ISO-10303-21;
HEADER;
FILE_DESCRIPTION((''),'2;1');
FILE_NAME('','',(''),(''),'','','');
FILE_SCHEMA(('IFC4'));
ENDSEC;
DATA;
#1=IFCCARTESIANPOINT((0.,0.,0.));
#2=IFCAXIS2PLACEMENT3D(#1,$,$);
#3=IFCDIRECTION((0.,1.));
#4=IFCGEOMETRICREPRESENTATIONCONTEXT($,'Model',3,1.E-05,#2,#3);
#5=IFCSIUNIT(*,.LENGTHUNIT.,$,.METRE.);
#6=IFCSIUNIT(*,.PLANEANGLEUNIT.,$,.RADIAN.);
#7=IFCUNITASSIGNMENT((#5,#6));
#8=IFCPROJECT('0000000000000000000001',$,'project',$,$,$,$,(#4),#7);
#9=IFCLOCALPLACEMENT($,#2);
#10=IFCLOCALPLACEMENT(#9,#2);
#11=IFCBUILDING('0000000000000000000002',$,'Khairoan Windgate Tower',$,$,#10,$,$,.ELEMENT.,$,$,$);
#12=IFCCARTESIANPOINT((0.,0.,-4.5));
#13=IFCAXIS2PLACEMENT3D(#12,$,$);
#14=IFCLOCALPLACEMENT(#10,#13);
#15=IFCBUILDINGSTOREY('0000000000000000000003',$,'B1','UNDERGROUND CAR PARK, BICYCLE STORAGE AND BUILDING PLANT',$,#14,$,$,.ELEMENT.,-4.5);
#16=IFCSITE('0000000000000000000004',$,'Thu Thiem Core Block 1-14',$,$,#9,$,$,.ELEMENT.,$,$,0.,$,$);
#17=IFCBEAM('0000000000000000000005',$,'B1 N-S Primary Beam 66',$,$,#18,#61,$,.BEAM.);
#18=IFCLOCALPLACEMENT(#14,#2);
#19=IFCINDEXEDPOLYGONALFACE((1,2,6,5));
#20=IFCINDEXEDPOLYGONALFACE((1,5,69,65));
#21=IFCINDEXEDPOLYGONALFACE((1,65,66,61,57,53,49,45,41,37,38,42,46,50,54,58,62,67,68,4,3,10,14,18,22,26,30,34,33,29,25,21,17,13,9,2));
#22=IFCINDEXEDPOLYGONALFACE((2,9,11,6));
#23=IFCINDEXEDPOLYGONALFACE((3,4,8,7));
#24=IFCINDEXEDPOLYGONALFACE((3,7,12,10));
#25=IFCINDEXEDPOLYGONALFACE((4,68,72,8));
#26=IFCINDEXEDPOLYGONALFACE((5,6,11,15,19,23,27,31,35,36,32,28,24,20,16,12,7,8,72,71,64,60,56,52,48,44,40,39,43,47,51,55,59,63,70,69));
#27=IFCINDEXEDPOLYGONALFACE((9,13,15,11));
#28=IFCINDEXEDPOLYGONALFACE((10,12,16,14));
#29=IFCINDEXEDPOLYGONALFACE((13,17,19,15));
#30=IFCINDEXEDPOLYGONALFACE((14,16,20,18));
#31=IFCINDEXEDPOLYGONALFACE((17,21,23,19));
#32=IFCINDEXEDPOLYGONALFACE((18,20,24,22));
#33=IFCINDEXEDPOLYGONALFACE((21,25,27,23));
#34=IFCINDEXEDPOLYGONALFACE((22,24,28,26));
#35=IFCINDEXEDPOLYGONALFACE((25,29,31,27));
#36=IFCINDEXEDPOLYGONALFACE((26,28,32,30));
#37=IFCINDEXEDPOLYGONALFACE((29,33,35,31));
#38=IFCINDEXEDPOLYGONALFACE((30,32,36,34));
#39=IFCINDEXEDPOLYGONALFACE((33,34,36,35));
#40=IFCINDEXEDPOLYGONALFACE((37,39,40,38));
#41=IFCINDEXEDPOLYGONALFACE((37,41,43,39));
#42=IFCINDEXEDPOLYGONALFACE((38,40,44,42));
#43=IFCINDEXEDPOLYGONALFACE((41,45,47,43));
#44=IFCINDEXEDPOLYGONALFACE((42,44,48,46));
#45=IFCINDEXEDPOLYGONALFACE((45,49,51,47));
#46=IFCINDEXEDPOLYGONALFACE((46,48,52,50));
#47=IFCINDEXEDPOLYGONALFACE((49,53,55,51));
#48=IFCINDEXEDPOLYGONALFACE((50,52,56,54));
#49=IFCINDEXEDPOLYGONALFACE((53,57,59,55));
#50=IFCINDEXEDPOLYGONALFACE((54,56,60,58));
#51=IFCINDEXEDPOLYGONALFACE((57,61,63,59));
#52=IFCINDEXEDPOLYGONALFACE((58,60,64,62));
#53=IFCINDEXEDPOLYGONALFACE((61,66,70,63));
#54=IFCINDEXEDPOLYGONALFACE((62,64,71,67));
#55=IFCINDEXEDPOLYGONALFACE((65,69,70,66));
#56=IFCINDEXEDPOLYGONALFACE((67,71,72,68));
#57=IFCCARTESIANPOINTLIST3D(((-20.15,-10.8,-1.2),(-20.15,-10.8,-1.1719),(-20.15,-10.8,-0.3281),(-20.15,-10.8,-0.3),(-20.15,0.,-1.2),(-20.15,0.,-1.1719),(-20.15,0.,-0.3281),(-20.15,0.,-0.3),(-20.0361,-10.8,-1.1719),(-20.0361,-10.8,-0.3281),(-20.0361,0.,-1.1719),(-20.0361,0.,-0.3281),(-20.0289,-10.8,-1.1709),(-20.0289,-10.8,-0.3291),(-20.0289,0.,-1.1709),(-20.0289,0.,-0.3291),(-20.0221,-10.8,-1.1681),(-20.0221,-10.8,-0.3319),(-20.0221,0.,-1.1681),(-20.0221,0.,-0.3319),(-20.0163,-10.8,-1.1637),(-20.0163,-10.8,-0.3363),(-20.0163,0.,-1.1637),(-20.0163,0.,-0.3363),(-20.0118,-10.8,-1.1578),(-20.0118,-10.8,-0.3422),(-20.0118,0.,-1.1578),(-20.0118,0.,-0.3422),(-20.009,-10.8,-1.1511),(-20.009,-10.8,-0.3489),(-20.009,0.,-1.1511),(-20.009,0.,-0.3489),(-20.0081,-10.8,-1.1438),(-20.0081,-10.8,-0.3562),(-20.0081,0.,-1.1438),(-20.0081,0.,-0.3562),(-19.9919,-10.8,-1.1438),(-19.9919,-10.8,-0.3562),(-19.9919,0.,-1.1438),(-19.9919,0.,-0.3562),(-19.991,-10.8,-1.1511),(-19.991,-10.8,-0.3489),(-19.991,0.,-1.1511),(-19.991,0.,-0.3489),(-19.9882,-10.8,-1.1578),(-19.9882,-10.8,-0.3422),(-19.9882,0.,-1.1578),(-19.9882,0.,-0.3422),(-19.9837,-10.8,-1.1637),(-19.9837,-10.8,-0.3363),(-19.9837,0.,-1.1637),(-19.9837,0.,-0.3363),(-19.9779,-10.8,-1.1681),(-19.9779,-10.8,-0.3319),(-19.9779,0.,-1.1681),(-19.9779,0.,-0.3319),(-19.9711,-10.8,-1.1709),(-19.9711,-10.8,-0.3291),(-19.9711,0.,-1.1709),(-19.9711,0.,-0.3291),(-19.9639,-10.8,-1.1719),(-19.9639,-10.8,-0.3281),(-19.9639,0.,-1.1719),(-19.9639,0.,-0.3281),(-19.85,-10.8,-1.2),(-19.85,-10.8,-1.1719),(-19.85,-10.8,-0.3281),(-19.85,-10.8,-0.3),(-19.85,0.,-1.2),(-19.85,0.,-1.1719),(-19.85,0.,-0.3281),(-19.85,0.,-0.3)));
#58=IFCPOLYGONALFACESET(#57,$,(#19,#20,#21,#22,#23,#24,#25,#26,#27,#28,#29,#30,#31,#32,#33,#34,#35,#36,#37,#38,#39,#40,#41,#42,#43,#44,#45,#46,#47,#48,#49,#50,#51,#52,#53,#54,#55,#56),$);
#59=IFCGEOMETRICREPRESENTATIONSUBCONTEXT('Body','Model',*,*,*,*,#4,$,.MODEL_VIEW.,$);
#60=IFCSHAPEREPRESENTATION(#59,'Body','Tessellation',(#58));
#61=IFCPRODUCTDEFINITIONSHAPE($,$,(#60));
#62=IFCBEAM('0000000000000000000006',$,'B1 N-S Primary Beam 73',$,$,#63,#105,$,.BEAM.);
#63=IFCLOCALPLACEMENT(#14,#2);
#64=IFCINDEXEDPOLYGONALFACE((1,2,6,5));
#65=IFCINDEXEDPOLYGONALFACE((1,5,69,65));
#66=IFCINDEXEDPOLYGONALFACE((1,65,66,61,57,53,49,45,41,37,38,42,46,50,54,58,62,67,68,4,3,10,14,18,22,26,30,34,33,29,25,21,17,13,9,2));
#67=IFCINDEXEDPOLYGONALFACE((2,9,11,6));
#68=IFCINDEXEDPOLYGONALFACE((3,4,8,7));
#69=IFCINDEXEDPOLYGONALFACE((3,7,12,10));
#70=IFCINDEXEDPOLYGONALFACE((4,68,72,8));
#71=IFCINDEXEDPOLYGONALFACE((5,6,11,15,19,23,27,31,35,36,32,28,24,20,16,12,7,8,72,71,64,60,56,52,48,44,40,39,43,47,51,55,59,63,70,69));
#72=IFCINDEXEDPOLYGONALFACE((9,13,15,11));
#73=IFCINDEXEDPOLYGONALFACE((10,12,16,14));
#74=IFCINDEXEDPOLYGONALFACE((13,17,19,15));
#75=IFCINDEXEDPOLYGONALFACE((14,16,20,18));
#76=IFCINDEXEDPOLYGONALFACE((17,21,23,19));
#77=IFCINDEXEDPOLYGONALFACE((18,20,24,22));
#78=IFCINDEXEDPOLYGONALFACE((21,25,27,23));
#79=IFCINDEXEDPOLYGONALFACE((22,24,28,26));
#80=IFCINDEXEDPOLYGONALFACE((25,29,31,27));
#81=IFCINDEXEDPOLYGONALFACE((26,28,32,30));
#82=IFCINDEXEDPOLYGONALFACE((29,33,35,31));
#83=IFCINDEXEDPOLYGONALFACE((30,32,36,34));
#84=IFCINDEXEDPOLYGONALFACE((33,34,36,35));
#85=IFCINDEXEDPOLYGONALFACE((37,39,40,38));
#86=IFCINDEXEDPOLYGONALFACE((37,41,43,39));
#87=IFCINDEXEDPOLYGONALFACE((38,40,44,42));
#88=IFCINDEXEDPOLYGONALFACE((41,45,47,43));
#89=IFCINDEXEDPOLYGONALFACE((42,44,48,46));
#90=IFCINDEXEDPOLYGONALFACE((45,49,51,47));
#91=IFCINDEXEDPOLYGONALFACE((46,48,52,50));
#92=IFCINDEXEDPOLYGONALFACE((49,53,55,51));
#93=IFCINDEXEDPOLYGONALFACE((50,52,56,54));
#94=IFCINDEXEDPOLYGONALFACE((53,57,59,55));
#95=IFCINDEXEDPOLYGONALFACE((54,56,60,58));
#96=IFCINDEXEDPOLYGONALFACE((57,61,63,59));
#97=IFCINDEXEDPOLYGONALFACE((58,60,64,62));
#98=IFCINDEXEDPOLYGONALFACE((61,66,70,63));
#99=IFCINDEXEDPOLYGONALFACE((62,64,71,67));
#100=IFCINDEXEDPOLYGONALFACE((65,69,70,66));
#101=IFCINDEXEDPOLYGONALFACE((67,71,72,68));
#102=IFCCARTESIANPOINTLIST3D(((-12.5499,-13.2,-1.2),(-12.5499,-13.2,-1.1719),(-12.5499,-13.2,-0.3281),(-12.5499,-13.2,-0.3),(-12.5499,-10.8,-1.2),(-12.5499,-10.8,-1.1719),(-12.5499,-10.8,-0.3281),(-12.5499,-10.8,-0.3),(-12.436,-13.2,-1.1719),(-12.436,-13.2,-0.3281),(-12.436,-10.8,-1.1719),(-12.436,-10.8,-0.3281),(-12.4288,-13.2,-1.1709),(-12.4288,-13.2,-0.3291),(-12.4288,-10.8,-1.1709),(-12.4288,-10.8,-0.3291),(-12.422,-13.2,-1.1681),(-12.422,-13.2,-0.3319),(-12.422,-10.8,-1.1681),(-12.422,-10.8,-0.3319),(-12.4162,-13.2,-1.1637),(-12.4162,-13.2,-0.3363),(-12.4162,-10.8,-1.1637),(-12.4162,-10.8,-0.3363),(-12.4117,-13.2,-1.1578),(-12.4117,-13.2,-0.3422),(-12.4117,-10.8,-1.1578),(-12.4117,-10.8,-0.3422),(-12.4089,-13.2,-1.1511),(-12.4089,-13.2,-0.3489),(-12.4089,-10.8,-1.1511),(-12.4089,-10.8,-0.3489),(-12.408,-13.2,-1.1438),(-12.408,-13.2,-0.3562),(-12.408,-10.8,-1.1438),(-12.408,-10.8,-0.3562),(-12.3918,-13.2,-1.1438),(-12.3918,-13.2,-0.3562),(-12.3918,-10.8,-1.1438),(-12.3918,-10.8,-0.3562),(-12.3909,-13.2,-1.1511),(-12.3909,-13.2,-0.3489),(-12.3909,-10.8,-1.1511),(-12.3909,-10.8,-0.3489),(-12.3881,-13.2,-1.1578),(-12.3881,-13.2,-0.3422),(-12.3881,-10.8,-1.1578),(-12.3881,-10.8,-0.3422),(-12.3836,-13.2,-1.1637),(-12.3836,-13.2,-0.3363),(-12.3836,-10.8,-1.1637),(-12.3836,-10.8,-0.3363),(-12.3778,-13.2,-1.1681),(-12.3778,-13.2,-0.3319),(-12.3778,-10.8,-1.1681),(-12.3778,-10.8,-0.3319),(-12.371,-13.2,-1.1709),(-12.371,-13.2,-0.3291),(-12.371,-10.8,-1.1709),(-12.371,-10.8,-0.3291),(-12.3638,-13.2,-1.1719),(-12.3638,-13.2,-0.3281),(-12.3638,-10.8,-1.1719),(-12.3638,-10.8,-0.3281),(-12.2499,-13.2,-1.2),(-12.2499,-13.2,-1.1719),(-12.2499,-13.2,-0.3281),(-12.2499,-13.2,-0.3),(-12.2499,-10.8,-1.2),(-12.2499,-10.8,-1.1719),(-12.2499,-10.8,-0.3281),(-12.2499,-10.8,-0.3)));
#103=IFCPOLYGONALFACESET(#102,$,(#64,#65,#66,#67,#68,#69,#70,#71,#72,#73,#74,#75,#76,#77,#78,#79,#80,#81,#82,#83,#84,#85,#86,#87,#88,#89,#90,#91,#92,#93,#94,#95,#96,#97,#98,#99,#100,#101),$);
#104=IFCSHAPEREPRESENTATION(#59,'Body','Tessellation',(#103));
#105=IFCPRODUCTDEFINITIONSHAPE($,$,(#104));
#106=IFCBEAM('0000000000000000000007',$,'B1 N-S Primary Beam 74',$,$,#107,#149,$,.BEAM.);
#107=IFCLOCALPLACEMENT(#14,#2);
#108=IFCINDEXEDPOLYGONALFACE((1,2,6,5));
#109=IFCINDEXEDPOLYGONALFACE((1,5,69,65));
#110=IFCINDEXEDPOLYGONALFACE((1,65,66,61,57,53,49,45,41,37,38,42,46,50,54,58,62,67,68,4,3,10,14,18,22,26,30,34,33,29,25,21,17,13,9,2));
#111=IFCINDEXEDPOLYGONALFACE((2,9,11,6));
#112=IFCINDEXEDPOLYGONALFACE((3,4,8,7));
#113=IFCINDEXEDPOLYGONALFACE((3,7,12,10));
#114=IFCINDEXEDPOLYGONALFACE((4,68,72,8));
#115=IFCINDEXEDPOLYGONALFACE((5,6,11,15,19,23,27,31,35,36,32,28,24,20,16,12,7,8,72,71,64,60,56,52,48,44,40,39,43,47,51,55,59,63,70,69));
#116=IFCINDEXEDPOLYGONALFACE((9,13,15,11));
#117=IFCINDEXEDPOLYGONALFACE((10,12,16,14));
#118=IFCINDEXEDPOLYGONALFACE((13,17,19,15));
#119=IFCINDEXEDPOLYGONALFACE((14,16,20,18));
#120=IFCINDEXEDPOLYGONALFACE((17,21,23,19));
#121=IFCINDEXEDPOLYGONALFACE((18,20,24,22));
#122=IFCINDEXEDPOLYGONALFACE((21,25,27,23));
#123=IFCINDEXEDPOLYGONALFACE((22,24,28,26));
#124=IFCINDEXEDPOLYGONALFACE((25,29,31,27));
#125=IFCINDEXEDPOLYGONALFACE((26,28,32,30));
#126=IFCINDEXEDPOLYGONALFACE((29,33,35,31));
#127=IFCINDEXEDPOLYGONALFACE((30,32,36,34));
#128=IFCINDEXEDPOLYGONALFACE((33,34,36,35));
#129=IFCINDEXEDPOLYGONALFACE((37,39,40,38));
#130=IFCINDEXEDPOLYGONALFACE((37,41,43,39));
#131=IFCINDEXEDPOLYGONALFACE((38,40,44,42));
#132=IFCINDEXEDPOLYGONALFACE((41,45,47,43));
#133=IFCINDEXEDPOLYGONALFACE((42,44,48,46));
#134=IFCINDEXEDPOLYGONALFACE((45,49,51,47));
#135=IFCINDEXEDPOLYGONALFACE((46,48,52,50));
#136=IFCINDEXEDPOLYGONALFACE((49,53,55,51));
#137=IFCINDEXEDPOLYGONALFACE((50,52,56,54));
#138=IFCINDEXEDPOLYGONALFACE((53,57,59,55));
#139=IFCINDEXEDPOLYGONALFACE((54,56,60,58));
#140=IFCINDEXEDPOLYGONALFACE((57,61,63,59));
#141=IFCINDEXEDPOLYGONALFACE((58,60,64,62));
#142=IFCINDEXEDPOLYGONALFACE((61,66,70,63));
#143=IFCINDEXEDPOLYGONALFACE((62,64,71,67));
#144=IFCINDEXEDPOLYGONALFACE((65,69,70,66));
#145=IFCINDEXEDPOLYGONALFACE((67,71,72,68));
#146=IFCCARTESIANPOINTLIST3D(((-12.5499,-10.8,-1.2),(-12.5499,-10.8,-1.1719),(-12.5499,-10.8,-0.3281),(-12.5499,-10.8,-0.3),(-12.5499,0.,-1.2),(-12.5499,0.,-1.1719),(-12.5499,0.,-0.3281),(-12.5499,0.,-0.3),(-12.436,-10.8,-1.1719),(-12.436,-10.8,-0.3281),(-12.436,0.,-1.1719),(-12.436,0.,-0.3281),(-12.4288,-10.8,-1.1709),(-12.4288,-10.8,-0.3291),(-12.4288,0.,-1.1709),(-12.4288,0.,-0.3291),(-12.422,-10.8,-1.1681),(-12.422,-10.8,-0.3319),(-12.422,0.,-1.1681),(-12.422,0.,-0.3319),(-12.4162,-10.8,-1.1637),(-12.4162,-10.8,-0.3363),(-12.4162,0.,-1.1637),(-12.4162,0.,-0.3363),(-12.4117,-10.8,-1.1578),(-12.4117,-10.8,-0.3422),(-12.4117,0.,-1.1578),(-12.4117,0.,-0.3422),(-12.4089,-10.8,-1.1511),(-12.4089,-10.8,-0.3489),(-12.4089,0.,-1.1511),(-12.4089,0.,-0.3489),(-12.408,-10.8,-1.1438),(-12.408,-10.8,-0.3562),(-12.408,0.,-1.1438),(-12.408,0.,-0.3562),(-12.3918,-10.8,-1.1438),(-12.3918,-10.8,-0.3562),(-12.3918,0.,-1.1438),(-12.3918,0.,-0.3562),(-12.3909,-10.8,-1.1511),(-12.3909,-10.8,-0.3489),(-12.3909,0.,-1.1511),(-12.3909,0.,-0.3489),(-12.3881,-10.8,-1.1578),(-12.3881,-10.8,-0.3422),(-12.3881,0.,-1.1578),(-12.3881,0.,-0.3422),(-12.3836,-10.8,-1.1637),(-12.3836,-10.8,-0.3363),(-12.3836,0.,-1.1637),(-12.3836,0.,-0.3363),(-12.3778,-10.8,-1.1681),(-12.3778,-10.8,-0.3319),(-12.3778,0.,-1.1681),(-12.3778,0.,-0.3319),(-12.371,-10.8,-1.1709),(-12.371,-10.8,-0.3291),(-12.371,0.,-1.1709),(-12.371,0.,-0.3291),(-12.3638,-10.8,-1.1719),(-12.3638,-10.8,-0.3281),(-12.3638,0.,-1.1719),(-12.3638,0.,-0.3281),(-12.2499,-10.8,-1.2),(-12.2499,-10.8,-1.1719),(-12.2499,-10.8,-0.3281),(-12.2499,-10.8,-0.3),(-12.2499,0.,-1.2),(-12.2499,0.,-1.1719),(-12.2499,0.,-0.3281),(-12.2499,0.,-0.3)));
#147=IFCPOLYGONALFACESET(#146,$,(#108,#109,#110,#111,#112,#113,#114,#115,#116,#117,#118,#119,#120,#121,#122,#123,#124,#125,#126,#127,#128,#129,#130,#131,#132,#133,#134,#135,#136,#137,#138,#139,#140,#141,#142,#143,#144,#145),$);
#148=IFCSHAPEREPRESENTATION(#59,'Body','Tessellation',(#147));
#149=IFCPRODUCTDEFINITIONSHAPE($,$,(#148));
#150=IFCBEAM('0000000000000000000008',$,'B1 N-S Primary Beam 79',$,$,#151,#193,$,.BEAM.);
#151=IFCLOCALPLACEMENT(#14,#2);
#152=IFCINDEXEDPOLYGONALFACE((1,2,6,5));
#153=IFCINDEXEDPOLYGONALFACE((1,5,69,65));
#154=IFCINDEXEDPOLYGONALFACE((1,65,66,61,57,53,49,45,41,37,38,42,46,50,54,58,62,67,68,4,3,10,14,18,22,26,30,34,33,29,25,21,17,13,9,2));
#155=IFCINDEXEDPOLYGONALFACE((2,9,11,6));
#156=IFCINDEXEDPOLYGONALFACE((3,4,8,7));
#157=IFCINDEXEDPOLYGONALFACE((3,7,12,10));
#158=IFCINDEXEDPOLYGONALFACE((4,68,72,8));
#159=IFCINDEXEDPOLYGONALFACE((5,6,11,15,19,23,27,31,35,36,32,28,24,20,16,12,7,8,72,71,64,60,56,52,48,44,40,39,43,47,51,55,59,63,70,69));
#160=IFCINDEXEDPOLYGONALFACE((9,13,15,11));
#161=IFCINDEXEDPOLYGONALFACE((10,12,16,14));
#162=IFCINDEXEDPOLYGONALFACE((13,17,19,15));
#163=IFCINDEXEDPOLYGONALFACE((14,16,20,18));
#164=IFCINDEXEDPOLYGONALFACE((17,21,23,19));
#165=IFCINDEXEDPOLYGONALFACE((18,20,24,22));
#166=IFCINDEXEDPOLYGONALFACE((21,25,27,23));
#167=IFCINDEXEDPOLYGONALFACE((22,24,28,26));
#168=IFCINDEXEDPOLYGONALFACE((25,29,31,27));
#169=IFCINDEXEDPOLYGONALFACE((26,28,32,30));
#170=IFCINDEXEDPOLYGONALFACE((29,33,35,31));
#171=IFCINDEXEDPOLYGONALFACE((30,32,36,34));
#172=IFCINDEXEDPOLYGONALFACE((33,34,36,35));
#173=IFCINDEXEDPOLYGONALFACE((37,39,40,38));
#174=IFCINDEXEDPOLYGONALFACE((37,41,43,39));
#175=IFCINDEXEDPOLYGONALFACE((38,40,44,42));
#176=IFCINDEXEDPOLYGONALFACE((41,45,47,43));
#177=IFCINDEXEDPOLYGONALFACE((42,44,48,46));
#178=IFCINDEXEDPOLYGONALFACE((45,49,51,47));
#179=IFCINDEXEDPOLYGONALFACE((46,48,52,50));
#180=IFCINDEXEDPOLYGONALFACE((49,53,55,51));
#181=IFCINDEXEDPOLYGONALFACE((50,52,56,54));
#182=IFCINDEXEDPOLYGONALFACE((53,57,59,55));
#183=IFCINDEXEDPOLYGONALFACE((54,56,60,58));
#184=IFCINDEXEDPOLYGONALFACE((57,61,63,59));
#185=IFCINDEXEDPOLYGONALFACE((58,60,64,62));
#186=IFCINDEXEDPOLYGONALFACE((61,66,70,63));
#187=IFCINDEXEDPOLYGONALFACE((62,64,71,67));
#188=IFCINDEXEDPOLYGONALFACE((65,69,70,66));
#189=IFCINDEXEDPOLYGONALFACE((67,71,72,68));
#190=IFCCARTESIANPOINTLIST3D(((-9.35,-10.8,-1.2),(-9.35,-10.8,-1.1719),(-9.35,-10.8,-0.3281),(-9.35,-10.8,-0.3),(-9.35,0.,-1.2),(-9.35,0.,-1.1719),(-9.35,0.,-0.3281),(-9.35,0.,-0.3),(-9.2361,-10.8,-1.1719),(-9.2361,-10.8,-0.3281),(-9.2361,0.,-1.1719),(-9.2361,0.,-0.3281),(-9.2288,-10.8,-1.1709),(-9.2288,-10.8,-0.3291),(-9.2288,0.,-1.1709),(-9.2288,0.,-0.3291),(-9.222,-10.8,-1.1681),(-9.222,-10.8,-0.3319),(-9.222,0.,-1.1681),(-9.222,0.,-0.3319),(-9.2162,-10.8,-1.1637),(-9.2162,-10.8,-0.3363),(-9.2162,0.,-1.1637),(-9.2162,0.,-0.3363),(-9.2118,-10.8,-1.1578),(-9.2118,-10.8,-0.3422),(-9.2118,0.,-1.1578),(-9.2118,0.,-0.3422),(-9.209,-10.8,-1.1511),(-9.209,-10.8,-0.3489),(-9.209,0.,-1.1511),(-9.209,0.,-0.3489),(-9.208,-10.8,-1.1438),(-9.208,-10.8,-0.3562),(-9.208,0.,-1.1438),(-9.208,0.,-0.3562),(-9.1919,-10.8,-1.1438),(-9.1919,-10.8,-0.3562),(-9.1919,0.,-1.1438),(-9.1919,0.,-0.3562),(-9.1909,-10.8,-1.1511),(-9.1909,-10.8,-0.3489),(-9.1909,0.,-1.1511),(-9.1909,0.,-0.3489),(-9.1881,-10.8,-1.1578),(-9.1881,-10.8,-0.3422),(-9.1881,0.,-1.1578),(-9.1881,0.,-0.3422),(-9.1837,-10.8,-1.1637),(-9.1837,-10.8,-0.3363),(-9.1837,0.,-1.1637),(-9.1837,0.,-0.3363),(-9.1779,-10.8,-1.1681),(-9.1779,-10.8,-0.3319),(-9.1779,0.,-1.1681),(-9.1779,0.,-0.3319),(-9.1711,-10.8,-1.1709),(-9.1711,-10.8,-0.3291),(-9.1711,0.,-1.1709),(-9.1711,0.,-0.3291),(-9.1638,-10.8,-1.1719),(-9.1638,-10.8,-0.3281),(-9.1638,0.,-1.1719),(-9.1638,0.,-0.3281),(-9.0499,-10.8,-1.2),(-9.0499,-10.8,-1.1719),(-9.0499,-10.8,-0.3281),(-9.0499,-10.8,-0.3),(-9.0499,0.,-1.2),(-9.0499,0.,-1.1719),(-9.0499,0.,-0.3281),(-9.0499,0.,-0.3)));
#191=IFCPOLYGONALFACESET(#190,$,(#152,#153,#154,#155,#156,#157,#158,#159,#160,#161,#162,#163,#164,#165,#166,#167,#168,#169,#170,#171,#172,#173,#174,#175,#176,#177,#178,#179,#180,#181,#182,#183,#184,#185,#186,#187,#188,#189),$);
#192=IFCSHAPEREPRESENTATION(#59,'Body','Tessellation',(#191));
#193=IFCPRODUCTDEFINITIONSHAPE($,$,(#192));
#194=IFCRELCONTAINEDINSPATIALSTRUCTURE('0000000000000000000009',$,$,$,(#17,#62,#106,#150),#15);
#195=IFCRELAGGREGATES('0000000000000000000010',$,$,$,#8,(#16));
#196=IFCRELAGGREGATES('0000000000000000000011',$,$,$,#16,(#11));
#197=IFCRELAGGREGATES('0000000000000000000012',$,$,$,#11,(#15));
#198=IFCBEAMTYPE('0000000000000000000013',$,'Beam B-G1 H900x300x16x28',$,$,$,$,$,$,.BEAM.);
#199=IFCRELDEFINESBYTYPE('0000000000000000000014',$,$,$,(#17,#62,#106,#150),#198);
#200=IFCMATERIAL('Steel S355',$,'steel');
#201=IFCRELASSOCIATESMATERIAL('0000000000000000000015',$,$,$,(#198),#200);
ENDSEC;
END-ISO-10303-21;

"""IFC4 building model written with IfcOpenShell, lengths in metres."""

from ifc_helpers import new_model, si_unit, direction, frame, origin, origin_2d, place, context, subcontext, project, spatial, i_section, extrude, material, material_profile, profile_set, type_object, element, save


model = new_model("IFC4")

# Units and contexts
model_context = context("Model", 3, precision=1e-05, world=origin(), true_north=direction((0.0, 1.0)))
body_context = subcontext(model_context, "Body", "Model", "MODEL_VIEW")
ifc_project = project(units=[si_unit("LENGTHUNIT", "METRE"), si_unit("PLANEANGLEUNIT", "RADIAN")], contexts=[model_context])

# Site, building, storey
site_placement = place(None, origin())
site = spatial("IfcSite", under=ifc_project, at=site_placement, Name="Thu Thiem Core Block 1-14", CompositionType="ELEMENT", RefElevation=0.0)
building_placement = place(site_placement, origin())
building = spatial("IfcBuilding", under=site, at=building_placement, Name="Khairoan Windgate Tower", CompositionType="ELEMENT")
storey_placement = place(building_placement, frame((0.0, 0.0, -4.5)))
storey = spatial("IfcBuildingStorey", under=building, at=storey_placement, Name="B1", Description="UNDERGROUND CAR PARK, BICYCLE STORAGE AND BUILDING PLANT", CompositionType="ELEMENT", Elevation=-4.5)

# Beams
ifc_material_1 = material(Name="Steel S355", Category="steel")
ifc_material_profile_1 = material_profile(ifc_material_1, i_section(OverallWidth=0.3, OverallDepth=0.8999, WebThickness=0.0161, FlangeThickness=0.0281, FilletRadius=0.0281, at=origin_2d()))
ifc_profile_set_1 = profile_set([ifc_material_profile_1], Name="Steel S355")
beam_type = type_object("IfcBeamType", Name="Beam B-G1 H900x300x16x28", PredefinedType="BEAM", material=ifc_profile_set_1)
beam_1_placement = place(storey_placement, frame((-20.0, -10.8, -0.75), z_axis=(0.0, 1.0, 0.0), x_axis=(-1.0, 0.0, 0.0)))
element("IfcBeam", 1, at=beam_1_placement, inside=storey, type_object=beam_type, Name="B1 N-S Primary Beam 66", PredefinedType="BEAM", context=body_context, shape_type="SweptSolid", body=[
    extrude(i_section(OverallWidth=0.3, OverallDepth=0.8999, WebThickness=0.0161, FlangeThickness=0.0281, FilletRadius=0.0281, at=origin_2d()), origin(), (0.0, 0.0, 1.0), 10.8),
])
beam_2_placement = place(storey_placement, frame((-12.3999, -13.2, -0.75), z_axis=(0.0, 1.0, 0.0), x_axis=(-1.0, 0.0, 0.0)))
element("IfcBeam", 2, at=beam_2_placement, inside=storey, type_object=beam_type, Name="B1 N-S Primary Beam 73", PredefinedType="BEAM", context=body_context, shape_type="SweptSolid", body=[
    extrude(i_section(OverallWidth=0.3, OverallDepth=0.8999, WebThickness=0.0161, FlangeThickness=0.0281, FilletRadius=0.0281, at=origin_2d()), origin(), (0.0, 0.0, 1.0), 2.3999),
])
for number, where, z_axis, x_axis, name in (
    (3, (-12.3999, -10.8, -0.75), (0.0, 1.0, 0.0), (-1.0, 0.0, 0.0), "B1 N-S Primary Beam 74"),
    (4, (-9.2, -10.8, -0.75), (0.0, 1.0, 0.0), (-1.0, 0.0, 0.0), "B1 N-S Primary Beam 79"),
):
    element("IfcBeam", number, at=place(storey_placement, frame(where, z_axis=z_axis, x_axis=x_axis)), inside=storey, type_object=beam_type, Name=name, PredefinedType="BEAM", context=body_context, shape_type="SweptSolid", body=[
        extrude(i_section(OverallWidth=0.3, OverallDepth=0.8999, WebThickness=0.0161, FlangeThickness=0.0281, FilletRadius=0.0281, at=origin_2d()), origin(), (0.0, 0.0, 1.0), 10.8),
    ])

save(model, "model.ifc")
